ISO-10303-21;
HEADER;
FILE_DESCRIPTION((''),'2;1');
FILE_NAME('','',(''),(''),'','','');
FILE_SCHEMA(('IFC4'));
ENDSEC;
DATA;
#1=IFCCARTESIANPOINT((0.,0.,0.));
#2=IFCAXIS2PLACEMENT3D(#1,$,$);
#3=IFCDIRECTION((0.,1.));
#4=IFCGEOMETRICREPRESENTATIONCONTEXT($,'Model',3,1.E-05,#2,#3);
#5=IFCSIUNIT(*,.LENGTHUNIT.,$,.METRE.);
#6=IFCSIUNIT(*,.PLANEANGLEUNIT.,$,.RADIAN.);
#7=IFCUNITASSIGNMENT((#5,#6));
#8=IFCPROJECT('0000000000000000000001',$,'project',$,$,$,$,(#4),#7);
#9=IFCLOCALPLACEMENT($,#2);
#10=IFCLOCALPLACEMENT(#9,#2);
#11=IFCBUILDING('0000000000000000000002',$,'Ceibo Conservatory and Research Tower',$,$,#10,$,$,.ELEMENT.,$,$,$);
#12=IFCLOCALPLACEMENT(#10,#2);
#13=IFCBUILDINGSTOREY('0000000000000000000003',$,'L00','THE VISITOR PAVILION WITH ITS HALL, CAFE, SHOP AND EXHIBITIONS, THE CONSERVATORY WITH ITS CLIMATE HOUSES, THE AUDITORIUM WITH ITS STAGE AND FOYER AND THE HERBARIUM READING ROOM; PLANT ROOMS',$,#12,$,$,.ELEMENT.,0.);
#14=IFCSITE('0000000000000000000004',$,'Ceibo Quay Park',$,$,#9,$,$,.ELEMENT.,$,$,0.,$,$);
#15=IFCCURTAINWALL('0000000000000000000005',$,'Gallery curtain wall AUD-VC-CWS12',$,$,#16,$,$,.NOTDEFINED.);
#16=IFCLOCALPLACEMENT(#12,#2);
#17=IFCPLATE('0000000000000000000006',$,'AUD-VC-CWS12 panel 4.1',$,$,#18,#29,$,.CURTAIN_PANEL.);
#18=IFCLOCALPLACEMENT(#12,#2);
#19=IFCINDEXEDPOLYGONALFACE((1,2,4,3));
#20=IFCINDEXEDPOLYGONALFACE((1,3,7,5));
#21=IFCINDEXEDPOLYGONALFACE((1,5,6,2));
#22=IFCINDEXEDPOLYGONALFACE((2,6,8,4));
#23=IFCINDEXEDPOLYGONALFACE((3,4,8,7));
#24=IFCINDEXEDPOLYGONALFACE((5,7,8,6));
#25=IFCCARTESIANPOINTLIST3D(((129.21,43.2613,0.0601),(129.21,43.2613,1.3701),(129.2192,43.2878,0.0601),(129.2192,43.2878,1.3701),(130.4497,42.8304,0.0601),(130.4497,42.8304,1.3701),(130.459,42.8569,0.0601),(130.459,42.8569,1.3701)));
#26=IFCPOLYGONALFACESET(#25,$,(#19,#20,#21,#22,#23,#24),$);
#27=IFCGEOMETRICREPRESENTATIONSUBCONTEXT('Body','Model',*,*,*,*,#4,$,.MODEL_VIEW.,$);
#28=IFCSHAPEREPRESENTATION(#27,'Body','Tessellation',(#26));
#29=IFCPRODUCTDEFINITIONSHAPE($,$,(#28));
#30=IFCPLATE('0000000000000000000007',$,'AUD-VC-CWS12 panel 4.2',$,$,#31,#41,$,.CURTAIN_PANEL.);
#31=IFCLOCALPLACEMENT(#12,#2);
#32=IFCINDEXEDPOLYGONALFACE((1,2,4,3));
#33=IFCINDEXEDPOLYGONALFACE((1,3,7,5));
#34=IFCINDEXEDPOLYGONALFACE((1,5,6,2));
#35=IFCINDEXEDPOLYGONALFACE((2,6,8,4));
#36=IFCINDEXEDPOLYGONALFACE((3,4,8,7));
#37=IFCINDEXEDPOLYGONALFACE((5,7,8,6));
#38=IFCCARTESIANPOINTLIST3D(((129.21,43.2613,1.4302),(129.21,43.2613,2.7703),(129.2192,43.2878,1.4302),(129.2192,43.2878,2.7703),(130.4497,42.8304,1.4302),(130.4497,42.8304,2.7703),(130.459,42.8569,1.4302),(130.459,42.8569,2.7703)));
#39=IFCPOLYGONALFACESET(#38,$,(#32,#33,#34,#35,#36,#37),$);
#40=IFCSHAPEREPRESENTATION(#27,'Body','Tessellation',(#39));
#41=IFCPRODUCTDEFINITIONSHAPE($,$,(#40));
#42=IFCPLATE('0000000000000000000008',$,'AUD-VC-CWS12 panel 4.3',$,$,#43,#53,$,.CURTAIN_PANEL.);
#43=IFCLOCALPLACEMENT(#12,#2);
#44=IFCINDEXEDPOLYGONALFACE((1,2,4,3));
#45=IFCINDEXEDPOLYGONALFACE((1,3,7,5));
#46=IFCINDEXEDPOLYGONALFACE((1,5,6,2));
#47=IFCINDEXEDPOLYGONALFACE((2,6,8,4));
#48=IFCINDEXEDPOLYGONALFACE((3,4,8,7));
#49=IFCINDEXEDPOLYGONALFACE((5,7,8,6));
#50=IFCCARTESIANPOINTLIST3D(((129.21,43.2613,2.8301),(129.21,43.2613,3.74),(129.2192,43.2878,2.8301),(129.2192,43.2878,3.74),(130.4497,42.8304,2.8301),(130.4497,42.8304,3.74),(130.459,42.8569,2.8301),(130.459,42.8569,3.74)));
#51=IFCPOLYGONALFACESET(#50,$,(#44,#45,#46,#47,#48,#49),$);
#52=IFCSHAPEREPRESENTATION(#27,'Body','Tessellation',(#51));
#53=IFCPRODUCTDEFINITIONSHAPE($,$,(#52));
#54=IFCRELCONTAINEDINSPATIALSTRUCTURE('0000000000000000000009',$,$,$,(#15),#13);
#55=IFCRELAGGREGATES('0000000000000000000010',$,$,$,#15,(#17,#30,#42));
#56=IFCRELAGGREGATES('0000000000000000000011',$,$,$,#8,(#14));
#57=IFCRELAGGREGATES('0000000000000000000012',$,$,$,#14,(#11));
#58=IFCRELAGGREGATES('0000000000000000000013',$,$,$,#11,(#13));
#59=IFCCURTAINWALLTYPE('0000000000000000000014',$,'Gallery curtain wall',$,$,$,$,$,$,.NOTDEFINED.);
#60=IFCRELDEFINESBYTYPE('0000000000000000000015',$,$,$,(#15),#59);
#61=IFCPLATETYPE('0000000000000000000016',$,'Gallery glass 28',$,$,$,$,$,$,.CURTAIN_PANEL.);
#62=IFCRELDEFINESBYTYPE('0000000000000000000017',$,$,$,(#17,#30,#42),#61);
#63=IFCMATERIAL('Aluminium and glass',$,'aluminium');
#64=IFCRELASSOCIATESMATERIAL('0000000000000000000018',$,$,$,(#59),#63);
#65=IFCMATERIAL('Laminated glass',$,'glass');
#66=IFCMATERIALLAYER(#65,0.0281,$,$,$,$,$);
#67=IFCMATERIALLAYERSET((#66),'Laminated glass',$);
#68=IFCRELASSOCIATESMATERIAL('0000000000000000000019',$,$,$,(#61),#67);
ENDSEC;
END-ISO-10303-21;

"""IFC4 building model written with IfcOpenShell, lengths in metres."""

from ifc_helpers import new_model, si_unit, direction, frame, origin, origin_2d, place, context, subcontext, project, spatial, rectangle, extrude, material, layer, layer_set, type_object, element, aggregate, save


model = new_model("IFC4")

# Units and contexts
model_context = context("Model", 3, precision=1e-05, world=origin(), true_north=direction((0.0, 1.0)))
body_context = subcontext(model_context, "Body", "Model", "MODEL_VIEW")
ifc_project = project(units=[si_unit("LENGTHUNIT", "METRE"), si_unit("PLANEANGLEUNIT", "RADIAN")], contexts=[model_context])

# Site, building, storey
site_placement = place(None, origin())
site = spatial("IfcSite", under=ifc_project, at=site_placement, Name="Ceibo Quay Park", CompositionType="ELEMENT", RefElevation=0.0)
building_placement = place(site_placement, origin())
building = spatial("IfcBuilding", under=site, at=building_placement, Name="Ceibo Conservatory and Research Tower", CompositionType="ELEMENT")
storey_placement = place(building_placement, origin())
storey = spatial("IfcBuildingStorey", under=building, at=storey_placement, Name="L00", Description="THE VISITOR PAVILION WITH ITS HALL, CAFE, SHOP AND EXHIBITIONS, THE CONSERVATORY WITH ITS CLIMATE HOUSES, THE AUDITORIUM WITH ITS STAGE AND FOYER AND THE HERBARIUM READING ROOM; PLANT ROOMS", CompositionType="ELEMENT", Elevation=0.0)

# Curtain wall
ifc_material_1 = material(Name="Aluminium and glass", Category="aluminium")
curtain_wall_type = type_object("IfcCurtainWallType", Name="Gallery curtain wall", PredefinedType="NOTDEFINED", material=ifc_material_1)
curtain_wall_1_placement = place(storey_placement, origin())
curtain_wall_1 = element("IfcCurtainWall", 1, at=curtain_wall_1_placement, inside=storey, type_object=curtain_wall_type, Name="Gallery curtain wall AUD-VC-CWS12", PredefinedType="NOTDEFINED")

# Shared definitions
ifc_material_2 = material(Name="Laminated glass", Category="glass")
ifc_layer = layer(ifc_material_2, 0.0281)
ifc_layer_set = layer_set([ifc_layer], Name="Laminated glass")
plate_type = type_object("IfcPlateType", Name="Gallery glass 28", PredefinedType="CURTAIN_PANEL", material=ifc_layer_set)

# Plates
plate_1_placement = place(storey_placement, frame((129.8345, 43.0591, 0.0601), z_axis=(0.0, 0.0, 1.0), x_axis=(0.944579, -0.328284, 0.0)))
plate_1 = element("IfcPlate", 2, at=plate_1_placement, type_object=plate_type, Name="AUD-VC-CWS12 panel 4.1", PredefinedType="CURTAIN_PANEL", context=body_context, shape_type="SweptSolid", body=[
    extrude(rectangle(XDim=1.3125, YDim=0.0281, at=origin_2d()), origin(), (0.0, 0.0, 1.0), 1.3101),
])
plate_2_placement = place(storey_placement, frame((129.8345, 43.0591, 1.4302), z_axis=(0.0, 0.0, 1.0), x_axis=(0.944579, -0.328284, 0.0)))
plate_2 = element("IfcPlate", 3, at=plate_2_placement, type_object=plate_type, Name="AUD-VC-CWS12 panel 4.2", PredefinedType="CURTAIN_PANEL", context=body_context, shape_type="SweptSolid", body=[
    extrude(rectangle(XDim=1.3125, YDim=0.0281, at=origin_2d()), origin(), (0.0, 0.0, 1.0), 1.3401),
])
plate_3_placement = place(storey_placement, frame((129.8345, 43.0591, 2.8301), z_axis=(0.0, 0.0, 1.0), x_axis=(0.944579, -0.328284, 0.0)))
plate_3 = element("IfcPlate", 4, at=plate_3_placement, type_object=plate_type, Name="AUD-VC-CWS12 panel 4.3", PredefinedType="CURTAIN_PANEL", context=body_context, shape_type="SweptSolid", body=[
    extrude(rectangle(XDim=1.3125, YDim=0.0281, at=origin_2d()), origin(), (0.0, 0.0, 1.0), 0.9099),
])
aggregate(curtain_wall_1, [plate_1, plate_2, plate_3])

save(model, "model.ifc")
